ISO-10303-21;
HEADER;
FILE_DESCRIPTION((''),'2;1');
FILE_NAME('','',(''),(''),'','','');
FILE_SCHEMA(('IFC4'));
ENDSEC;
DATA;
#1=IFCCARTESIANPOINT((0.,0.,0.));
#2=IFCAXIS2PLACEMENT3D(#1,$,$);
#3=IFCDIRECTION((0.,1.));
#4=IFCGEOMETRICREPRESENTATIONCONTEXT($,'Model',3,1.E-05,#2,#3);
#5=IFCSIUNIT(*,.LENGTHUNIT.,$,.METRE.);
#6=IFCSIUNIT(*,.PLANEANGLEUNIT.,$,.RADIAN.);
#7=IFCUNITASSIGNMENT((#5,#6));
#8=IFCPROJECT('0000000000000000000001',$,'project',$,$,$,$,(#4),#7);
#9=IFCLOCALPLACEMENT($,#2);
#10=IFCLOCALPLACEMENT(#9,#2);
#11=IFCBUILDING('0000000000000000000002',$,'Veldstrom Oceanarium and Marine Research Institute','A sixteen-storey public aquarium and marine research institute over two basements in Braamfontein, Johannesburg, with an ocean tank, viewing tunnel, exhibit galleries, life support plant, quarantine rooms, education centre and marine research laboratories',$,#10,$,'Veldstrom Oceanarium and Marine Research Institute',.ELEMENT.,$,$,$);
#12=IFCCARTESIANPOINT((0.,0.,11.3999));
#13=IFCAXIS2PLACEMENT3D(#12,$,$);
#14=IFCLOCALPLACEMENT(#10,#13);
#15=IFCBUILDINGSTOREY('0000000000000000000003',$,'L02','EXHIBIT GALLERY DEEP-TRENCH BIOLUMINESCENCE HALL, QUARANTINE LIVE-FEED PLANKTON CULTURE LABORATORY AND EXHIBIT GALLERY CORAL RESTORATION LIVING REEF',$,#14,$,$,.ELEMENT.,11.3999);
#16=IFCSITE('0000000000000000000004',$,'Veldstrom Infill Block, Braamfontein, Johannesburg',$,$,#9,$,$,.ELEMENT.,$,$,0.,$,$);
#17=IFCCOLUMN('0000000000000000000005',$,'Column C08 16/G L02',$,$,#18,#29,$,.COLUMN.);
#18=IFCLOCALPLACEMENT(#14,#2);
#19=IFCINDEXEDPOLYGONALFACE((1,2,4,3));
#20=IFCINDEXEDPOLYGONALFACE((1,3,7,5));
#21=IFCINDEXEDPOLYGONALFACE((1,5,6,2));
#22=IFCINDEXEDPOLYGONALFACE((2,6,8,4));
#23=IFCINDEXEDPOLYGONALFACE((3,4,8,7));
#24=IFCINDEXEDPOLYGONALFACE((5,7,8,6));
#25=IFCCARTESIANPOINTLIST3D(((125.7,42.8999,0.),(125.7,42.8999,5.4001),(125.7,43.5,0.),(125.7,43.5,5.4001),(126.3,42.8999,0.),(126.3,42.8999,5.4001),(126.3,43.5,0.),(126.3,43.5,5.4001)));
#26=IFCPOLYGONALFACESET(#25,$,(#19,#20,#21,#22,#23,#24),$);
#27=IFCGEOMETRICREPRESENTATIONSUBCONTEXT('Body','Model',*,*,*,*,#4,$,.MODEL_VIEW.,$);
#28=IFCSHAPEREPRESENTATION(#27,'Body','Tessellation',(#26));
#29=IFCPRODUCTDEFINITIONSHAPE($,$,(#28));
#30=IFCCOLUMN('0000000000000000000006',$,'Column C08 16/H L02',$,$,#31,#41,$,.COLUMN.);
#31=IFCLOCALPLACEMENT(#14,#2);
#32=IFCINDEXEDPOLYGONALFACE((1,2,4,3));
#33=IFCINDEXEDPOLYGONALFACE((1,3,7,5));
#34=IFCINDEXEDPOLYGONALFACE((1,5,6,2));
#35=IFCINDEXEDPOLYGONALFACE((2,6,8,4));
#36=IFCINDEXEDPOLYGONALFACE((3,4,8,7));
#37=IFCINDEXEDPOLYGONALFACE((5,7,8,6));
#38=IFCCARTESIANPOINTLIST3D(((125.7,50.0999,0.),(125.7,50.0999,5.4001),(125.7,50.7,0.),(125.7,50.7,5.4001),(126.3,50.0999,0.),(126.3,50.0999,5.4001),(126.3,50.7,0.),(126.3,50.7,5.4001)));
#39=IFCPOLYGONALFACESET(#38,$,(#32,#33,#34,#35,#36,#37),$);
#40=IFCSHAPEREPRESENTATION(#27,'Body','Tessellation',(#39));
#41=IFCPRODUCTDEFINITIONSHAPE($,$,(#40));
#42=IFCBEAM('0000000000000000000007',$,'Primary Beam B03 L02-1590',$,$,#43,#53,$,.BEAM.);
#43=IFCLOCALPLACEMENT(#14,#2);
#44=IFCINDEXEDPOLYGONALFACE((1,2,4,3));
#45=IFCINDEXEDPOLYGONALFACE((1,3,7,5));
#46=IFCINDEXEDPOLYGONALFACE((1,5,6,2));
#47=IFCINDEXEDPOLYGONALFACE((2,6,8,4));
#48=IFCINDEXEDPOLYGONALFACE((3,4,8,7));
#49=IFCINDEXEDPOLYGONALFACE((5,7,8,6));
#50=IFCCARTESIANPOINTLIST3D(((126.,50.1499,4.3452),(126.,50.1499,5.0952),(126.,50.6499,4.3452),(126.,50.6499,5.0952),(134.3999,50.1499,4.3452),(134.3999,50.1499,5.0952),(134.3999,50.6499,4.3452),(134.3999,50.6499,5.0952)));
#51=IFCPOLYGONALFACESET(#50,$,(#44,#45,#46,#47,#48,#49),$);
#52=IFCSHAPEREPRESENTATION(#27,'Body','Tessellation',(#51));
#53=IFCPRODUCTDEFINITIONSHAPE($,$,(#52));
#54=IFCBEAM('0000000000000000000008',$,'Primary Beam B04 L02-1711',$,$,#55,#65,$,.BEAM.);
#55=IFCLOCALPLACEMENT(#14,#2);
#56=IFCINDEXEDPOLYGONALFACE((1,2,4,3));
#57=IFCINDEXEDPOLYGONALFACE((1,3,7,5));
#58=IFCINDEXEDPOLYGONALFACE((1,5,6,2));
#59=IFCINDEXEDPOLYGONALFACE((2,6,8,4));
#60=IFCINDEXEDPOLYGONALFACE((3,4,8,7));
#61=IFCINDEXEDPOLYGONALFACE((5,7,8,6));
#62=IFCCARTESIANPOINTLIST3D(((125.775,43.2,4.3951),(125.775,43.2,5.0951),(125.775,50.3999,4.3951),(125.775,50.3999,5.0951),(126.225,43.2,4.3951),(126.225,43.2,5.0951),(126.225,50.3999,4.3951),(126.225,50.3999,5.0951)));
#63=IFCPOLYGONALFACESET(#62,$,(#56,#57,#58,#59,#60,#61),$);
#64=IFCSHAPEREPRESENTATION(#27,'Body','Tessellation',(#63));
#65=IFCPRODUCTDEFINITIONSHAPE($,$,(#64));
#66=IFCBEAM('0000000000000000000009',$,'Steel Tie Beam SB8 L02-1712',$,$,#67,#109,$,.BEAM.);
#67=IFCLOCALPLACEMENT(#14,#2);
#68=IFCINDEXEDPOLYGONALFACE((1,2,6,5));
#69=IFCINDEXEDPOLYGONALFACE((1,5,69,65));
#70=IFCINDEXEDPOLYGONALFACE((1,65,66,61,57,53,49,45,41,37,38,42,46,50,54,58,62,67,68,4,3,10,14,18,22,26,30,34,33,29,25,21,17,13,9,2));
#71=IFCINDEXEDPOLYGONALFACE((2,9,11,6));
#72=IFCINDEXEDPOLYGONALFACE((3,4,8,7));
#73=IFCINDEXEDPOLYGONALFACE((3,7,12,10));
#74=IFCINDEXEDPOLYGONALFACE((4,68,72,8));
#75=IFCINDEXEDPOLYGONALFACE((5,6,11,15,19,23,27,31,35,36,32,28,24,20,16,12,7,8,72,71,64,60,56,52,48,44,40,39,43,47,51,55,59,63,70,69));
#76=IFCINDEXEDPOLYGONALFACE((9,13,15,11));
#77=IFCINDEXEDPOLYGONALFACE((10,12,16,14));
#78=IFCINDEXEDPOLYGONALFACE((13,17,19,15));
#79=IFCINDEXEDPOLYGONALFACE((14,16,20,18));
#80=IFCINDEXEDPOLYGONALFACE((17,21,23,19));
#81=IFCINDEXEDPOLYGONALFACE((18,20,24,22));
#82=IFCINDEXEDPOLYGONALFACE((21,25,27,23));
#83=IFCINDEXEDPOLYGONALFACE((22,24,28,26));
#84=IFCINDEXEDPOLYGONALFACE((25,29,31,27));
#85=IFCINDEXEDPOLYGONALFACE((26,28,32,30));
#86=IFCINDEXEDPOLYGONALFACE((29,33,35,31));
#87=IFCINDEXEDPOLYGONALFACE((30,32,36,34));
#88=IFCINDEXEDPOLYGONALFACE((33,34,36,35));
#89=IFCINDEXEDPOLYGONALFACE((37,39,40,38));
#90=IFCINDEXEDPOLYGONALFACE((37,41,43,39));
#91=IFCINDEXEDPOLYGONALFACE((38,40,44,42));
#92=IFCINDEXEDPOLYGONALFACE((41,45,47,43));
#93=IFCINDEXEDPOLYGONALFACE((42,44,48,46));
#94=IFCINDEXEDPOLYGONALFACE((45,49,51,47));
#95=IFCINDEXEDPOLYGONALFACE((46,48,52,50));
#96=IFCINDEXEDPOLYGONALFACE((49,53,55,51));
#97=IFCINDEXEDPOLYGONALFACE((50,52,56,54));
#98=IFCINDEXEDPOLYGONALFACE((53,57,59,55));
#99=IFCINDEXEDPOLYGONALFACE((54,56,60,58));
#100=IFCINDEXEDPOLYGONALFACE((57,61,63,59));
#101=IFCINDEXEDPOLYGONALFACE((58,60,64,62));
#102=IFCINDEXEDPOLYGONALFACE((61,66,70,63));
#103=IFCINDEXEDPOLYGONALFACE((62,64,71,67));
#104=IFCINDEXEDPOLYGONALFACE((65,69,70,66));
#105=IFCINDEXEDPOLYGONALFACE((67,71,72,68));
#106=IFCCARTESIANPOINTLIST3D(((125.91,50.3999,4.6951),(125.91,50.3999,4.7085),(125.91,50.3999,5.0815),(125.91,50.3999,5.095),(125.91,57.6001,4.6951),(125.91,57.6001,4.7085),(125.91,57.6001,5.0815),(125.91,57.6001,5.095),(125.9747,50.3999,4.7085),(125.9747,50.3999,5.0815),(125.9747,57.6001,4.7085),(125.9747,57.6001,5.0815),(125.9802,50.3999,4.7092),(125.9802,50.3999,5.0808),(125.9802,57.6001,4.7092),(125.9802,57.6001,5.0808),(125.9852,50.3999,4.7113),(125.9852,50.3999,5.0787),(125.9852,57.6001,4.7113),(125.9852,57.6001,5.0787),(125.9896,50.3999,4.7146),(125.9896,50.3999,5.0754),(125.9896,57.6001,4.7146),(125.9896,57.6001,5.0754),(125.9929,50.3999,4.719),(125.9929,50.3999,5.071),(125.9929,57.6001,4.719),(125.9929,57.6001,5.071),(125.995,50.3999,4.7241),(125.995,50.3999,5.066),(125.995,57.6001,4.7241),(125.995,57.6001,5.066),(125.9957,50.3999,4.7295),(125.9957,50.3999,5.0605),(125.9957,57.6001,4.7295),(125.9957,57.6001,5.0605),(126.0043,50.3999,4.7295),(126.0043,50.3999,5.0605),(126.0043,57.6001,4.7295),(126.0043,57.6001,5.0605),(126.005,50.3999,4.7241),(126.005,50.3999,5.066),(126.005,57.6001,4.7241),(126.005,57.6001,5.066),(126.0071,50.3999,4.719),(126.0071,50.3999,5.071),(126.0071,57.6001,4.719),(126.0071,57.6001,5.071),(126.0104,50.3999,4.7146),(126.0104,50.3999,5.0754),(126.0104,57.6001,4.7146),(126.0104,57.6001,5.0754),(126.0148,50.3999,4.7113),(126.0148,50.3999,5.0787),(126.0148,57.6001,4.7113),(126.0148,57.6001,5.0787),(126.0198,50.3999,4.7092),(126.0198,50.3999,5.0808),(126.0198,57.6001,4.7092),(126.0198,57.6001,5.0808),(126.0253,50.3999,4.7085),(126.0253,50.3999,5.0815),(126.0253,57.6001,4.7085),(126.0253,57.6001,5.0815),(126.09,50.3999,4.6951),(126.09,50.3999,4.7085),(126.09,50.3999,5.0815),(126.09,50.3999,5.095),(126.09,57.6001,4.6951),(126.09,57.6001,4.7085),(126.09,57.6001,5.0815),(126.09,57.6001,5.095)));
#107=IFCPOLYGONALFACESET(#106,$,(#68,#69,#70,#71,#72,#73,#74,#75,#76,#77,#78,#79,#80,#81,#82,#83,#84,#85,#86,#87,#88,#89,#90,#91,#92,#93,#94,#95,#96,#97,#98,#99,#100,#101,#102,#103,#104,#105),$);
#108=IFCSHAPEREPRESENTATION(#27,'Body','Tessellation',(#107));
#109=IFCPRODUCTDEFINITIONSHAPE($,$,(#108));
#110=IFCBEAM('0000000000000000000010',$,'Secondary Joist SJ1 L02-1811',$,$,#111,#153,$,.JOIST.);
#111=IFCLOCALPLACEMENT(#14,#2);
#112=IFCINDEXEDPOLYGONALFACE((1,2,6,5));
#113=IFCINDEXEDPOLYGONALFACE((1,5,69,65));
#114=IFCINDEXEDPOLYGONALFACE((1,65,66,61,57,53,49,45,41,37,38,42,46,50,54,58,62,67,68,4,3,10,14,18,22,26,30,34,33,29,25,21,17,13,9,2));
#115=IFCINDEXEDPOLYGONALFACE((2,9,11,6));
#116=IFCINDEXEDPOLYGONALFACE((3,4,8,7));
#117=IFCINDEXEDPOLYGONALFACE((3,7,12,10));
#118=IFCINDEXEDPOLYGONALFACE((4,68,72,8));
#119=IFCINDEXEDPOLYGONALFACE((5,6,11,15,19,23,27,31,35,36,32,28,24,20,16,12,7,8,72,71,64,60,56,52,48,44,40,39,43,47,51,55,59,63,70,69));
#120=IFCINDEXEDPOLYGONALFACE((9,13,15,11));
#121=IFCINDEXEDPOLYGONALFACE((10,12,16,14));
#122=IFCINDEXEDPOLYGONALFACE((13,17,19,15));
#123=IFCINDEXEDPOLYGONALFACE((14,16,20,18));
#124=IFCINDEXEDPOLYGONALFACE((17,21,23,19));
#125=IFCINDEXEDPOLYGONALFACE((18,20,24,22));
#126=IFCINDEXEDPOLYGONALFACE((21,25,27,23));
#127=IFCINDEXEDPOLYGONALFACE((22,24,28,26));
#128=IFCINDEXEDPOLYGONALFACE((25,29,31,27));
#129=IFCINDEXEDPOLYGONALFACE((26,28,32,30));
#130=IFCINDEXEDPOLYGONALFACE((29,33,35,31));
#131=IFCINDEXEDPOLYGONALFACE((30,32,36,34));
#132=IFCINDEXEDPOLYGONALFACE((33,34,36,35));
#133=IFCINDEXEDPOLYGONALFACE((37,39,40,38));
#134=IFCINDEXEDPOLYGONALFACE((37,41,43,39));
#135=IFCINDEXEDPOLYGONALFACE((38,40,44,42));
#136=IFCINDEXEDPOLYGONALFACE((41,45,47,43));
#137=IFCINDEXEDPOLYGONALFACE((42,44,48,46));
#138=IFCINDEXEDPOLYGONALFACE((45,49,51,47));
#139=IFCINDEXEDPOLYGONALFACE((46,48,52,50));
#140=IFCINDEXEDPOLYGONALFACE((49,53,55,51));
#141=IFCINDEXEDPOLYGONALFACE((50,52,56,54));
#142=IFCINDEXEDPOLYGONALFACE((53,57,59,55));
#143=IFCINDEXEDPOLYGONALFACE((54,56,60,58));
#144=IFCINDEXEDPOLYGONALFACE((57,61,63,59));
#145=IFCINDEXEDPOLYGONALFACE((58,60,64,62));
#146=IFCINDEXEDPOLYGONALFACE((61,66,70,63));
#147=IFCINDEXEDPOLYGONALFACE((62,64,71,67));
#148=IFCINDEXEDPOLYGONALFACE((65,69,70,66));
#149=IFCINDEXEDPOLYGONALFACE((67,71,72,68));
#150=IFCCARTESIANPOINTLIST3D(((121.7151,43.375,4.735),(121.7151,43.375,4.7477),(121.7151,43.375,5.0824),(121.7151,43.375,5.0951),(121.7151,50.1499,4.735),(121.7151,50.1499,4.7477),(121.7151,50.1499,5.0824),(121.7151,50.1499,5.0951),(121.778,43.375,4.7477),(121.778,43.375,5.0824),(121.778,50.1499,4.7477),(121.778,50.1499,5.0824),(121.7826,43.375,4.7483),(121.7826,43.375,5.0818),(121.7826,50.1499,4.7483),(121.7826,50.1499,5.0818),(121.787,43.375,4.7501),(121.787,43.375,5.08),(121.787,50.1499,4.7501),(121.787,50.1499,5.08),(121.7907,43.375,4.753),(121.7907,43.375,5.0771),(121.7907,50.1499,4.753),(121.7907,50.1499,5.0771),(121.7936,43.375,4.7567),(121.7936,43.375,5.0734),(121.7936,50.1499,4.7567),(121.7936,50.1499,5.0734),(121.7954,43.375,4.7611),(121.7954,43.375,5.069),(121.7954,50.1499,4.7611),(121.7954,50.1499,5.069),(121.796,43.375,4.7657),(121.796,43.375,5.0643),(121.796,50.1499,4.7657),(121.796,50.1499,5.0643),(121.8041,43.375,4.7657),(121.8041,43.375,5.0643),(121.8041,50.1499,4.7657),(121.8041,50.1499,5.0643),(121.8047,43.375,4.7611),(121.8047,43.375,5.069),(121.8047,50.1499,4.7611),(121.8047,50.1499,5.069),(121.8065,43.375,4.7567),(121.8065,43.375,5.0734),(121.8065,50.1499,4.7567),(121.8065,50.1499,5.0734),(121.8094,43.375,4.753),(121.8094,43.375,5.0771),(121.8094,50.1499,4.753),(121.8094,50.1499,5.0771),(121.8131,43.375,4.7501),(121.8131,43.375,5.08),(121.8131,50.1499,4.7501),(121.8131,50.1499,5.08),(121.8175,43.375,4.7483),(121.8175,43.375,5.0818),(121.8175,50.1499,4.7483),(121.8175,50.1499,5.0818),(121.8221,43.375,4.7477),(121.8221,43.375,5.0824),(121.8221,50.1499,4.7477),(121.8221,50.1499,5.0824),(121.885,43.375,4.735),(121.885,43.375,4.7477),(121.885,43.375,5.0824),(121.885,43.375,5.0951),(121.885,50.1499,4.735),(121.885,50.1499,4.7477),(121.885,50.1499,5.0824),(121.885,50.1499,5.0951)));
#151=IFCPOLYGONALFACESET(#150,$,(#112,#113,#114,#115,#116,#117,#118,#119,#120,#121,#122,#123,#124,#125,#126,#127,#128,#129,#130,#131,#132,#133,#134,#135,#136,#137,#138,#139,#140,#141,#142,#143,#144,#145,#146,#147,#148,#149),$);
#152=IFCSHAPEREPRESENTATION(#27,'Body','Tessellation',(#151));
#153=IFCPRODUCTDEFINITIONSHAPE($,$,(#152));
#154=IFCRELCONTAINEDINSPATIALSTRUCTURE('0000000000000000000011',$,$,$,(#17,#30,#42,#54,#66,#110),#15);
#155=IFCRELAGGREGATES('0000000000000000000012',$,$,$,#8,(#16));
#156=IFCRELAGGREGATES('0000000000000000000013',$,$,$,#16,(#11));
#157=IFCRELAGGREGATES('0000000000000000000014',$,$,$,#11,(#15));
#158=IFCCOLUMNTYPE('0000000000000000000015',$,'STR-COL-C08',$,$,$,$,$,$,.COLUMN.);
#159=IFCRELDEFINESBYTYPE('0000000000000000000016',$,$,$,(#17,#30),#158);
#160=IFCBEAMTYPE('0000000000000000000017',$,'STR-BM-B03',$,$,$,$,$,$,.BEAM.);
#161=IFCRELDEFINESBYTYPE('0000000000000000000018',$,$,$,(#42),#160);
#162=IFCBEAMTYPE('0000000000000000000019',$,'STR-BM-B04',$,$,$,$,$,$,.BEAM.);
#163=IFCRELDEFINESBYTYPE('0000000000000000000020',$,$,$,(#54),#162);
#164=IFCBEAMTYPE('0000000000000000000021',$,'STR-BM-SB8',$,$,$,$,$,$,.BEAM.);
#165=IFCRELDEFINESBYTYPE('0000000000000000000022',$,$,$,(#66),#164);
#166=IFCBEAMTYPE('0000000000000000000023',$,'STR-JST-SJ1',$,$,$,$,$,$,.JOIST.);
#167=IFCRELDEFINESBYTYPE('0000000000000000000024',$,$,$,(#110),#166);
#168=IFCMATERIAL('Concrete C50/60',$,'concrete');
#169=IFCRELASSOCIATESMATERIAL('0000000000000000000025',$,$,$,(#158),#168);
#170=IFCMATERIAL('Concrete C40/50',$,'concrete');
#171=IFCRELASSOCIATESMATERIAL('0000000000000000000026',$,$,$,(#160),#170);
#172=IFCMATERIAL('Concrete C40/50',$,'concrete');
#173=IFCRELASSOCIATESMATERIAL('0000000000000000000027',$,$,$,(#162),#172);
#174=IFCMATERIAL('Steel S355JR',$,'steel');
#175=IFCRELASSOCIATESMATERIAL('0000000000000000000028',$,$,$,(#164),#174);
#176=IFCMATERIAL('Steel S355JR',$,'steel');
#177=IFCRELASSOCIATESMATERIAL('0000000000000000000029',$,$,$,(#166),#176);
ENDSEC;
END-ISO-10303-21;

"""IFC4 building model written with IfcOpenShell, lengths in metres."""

from ifc_helpers import new_model, si_unit, direction, frame, origin, origin_2d, place, context, subcontext, project, spatial, rectangle, i_section, extrude, material, material_profile, profile_set, type_object, element, save


model = new_model("IFC4")

# Units and contexts
model_context = context("Model", 3, precision=1e-05, world=origin(), true_north=direction((0.0, 1.0)))
body_context = subcontext(model_context, "Body", "Model", "MODEL_VIEW")
ifc_project = project(units=[si_unit("LENGTHUNIT", "METRE"), si_unit("PLANEANGLEUNIT", "RADIAN")], contexts=[model_context])

# Site, building, storey
site_placement = place(None, origin())
site = spatial("IfcSite", under=ifc_project, at=site_placement, Name="Veldstrom Infill Block, Braamfontein, Johannesburg", CompositionType="ELEMENT", RefElevation=0.0)
building_placement = place(site_placement, origin())
building = spatial("IfcBuilding", under=site, at=building_placement, Name="Veldstrom Oceanarium and Marine Research Institute", Description="A sixteen-storey public aquarium and marine research institute over two basements in Braamfontein, Johannesburg, with an ocean tank, viewing tunnel, exhibit galleries, life support plant, quarantine rooms, education centre and marine research laboratories", LongName="Veldstrom Oceanarium and Marine Research Institute", CompositionType="ELEMENT")
storey_placement = place(building_placement, frame((0.0, 0.0, 11.3999)))
storey = spatial("IfcBuildingStorey", under=building, at=storey_placement, Name="L02", Description="EXHIBIT GALLERY DEEP-TRENCH BIOLUMINESCENCE HALL, QUARANTINE LIVE-FEED PLANKTON CULTURE LABORATORY AND EXHIBIT GALLERY CORAL RESTORATION LIVING REEF", CompositionType="ELEMENT", Elevation=11.3999)

# Columns
ifc_material_1 = material(Name="Concrete C50/60", Category="concrete")
ifc_material_profile_1 = material_profile(ifc_material_1, rectangle(XDim=0.6001, YDim=0.6001, at=origin_2d()), Name="RC-COL-600x600")
ifc_profile_set_1 = profile_set([ifc_material_profile_1], Name="Concrete C50/60")
column_type = type_object("IfcColumnType", Name="STR-COL-C08", PredefinedType="COLUMN", material=ifc_profile_set_1)
for number, where, z_axis, x_axis, name in (
    (1, (126.0, 43.2, 0.0), (0.0, 0.0, 1.0), (1.0, 0.0, 0.0), "Column C08 16/G L02"),
    (2, (126.0, 50.3999, 0.0), (0.0, 0.0, 1.0), (1.0, 0.0, 0.0), "Column C08 16/H L02"),
):
    element("IfcColumn", number, at=place(storey_placement, frame(where, z_axis=z_axis, x_axis=x_axis)), inside=storey, type_object=column_type, Name=name, PredefinedType="COLUMN", context=body_context, shape_type="SweptSolid", body=[
        extrude(rectangle(XDim=0.6001, YDim=0.6001, at=origin_2d()), origin(), (0.0, 0.0, 1.0), 5.4001),
    ])

# Beams
ifc_material_2 = material(Name="Concrete C40/50", Category="concrete")
ifc_material_profile_2 = material_profile(ifc_material_2, rectangle(XDim=0.5, YDim=0.75, at=origin_2d()), Name="RC-BM-500x750")
ifc_profile_set_2 = profile_set([ifc_material_profile_2], Name="Concrete C40/50")
beam_type_1 = type_object("IfcBeamType", Name="STR-BM-B03", PredefinedType="BEAM", material=ifc_profile_set_2)
beam_1_placement = place(storey_placement, frame((126.0, 50.3999, 4.7202), z_axis=(1.0, 0.0, 0.0), x_axis=(0.0, 1.0, 0.0)))
element("IfcBeam", 3, at=beam_1_placement, inside=storey, type_object=beam_type_1, Name="Primary Beam B03 L02-1590", PredefinedType="BEAM", context=body_context, shape_type="SweptSolid", body=[
    extrude(rectangle(XDim=0.5, YDim=0.75, at=origin_2d()), origin(), (0.0, 0.0, 1.0), 8.3999),
])
ifc_material_3 = material(Name="Concrete C40/50", Category="concrete")
ifc_material_profile_3 = material_profile(ifc_material_3, rectangle(XDim=0.45, YDim=0.7, at=origin_2d()), Name="RC-BM-450x700")
ifc_profile_set_3 = profile_set([ifc_material_profile_3], Name="Concrete C40/50")
beam_type_2 = type_object("IfcBeamType", Name="STR-BM-B04", PredefinedType="BEAM", material=ifc_profile_set_3)
beam_2_placement = place(storey_placement, frame((126.0, 43.2, 4.7451), z_axis=(0.0, 1.0, 0.0), x_axis=(-1.0, 0.0, 0.0)))
element("IfcBeam", 4, at=beam_2_placement, inside=storey, type_object=beam_type_2, Name="Primary Beam B04 L02-1711", PredefinedType="BEAM", context=body_context, shape_type="SweptSolid", body=[
    extrude(rectangle(XDim=0.45, YDim=0.7, at=origin_2d()), origin(), (0.0, 0.0, 1.0), 7.2),
])
ifc_material_4 = material(Name="Steel S355JR", Category="steel")
ifc_material_profile_4 = material_profile(ifc_material_4, i_section(OverallWidth=0.1799, OverallDepth=0.3999, WebThickness=0.0085, FlangeThickness=0.0134, FilletRadius=0.021, at=origin_2d()), Name="IPE 400")
ifc_profile_set_4 = profile_set([ifc_material_profile_4], Name="Steel S355JR")
beam_type_3 = type_object("IfcBeamType", Name="STR-BM-SB8", PredefinedType="BEAM", material=ifc_profile_set_4)
beam_3_placement = place(storey_placement, frame((126.0, 50.3999, 4.895), z_axis=(0.0, 1.0, 0.0), x_axis=(-1.0, 0.0, 0.0)))
element("IfcBeam", 5, at=beam_3_placement, inside=storey, type_object=beam_type_3, Name="Steel Tie Beam SB8 L02-1712", PredefinedType="BEAM", context=body_context, shape_type="SweptSolid", body=[
    extrude(i_section(OverallWidth=0.1799, OverallDepth=0.3999, WebThickness=0.0085, FlangeThickness=0.0134, FilletRadius=0.021, at=origin_2d()), origin(), (0.0, 0.0, 1.0), 7.2002),
])
ifc_material_5 = material(Name="Steel S355JR", Category="steel")
ifc_material_profile_5 = material_profile(ifc_material_5, i_section(OverallWidth=0.1699, OverallDepth=0.3601, WebThickness=0.0081, FlangeThickness=0.0127, FilletRadius=0.0181, at=origin_2d()), Name="IPE 360")
ifc_profile_set_5 = profile_set([ifc_material_profile_5], Name="Steel S355JR")
beam_type_4 = type_object("IfcBeamType", Name="STR-JST-SJ1", PredefinedType="JOIST", material=ifc_profile_set_5)
beam_4_placement = place(storey_placement, frame((121.8, 43.375, 4.915), z_axis=(0.0, 1.0, 0.0), x_axis=(-1.0, 0.0, 0.0)))
element("IfcBeam", 6, at=beam_4_placement, inside=storey, type_object=beam_type_4, Name="Secondary Joist SJ1 L02-1811", PredefinedType="JOIST", context=body_context, shape_type="SweptSolid", body=[
    extrude(i_section(OverallWidth=0.1699, OverallDepth=0.3601, WebThickness=0.0081, FlangeThickness=0.0127, FilletRadius=0.0181, at=origin_2d()), origin(), (0.0, 0.0, 1.0), 6.7749),
])

save(model, "model.ifc")
